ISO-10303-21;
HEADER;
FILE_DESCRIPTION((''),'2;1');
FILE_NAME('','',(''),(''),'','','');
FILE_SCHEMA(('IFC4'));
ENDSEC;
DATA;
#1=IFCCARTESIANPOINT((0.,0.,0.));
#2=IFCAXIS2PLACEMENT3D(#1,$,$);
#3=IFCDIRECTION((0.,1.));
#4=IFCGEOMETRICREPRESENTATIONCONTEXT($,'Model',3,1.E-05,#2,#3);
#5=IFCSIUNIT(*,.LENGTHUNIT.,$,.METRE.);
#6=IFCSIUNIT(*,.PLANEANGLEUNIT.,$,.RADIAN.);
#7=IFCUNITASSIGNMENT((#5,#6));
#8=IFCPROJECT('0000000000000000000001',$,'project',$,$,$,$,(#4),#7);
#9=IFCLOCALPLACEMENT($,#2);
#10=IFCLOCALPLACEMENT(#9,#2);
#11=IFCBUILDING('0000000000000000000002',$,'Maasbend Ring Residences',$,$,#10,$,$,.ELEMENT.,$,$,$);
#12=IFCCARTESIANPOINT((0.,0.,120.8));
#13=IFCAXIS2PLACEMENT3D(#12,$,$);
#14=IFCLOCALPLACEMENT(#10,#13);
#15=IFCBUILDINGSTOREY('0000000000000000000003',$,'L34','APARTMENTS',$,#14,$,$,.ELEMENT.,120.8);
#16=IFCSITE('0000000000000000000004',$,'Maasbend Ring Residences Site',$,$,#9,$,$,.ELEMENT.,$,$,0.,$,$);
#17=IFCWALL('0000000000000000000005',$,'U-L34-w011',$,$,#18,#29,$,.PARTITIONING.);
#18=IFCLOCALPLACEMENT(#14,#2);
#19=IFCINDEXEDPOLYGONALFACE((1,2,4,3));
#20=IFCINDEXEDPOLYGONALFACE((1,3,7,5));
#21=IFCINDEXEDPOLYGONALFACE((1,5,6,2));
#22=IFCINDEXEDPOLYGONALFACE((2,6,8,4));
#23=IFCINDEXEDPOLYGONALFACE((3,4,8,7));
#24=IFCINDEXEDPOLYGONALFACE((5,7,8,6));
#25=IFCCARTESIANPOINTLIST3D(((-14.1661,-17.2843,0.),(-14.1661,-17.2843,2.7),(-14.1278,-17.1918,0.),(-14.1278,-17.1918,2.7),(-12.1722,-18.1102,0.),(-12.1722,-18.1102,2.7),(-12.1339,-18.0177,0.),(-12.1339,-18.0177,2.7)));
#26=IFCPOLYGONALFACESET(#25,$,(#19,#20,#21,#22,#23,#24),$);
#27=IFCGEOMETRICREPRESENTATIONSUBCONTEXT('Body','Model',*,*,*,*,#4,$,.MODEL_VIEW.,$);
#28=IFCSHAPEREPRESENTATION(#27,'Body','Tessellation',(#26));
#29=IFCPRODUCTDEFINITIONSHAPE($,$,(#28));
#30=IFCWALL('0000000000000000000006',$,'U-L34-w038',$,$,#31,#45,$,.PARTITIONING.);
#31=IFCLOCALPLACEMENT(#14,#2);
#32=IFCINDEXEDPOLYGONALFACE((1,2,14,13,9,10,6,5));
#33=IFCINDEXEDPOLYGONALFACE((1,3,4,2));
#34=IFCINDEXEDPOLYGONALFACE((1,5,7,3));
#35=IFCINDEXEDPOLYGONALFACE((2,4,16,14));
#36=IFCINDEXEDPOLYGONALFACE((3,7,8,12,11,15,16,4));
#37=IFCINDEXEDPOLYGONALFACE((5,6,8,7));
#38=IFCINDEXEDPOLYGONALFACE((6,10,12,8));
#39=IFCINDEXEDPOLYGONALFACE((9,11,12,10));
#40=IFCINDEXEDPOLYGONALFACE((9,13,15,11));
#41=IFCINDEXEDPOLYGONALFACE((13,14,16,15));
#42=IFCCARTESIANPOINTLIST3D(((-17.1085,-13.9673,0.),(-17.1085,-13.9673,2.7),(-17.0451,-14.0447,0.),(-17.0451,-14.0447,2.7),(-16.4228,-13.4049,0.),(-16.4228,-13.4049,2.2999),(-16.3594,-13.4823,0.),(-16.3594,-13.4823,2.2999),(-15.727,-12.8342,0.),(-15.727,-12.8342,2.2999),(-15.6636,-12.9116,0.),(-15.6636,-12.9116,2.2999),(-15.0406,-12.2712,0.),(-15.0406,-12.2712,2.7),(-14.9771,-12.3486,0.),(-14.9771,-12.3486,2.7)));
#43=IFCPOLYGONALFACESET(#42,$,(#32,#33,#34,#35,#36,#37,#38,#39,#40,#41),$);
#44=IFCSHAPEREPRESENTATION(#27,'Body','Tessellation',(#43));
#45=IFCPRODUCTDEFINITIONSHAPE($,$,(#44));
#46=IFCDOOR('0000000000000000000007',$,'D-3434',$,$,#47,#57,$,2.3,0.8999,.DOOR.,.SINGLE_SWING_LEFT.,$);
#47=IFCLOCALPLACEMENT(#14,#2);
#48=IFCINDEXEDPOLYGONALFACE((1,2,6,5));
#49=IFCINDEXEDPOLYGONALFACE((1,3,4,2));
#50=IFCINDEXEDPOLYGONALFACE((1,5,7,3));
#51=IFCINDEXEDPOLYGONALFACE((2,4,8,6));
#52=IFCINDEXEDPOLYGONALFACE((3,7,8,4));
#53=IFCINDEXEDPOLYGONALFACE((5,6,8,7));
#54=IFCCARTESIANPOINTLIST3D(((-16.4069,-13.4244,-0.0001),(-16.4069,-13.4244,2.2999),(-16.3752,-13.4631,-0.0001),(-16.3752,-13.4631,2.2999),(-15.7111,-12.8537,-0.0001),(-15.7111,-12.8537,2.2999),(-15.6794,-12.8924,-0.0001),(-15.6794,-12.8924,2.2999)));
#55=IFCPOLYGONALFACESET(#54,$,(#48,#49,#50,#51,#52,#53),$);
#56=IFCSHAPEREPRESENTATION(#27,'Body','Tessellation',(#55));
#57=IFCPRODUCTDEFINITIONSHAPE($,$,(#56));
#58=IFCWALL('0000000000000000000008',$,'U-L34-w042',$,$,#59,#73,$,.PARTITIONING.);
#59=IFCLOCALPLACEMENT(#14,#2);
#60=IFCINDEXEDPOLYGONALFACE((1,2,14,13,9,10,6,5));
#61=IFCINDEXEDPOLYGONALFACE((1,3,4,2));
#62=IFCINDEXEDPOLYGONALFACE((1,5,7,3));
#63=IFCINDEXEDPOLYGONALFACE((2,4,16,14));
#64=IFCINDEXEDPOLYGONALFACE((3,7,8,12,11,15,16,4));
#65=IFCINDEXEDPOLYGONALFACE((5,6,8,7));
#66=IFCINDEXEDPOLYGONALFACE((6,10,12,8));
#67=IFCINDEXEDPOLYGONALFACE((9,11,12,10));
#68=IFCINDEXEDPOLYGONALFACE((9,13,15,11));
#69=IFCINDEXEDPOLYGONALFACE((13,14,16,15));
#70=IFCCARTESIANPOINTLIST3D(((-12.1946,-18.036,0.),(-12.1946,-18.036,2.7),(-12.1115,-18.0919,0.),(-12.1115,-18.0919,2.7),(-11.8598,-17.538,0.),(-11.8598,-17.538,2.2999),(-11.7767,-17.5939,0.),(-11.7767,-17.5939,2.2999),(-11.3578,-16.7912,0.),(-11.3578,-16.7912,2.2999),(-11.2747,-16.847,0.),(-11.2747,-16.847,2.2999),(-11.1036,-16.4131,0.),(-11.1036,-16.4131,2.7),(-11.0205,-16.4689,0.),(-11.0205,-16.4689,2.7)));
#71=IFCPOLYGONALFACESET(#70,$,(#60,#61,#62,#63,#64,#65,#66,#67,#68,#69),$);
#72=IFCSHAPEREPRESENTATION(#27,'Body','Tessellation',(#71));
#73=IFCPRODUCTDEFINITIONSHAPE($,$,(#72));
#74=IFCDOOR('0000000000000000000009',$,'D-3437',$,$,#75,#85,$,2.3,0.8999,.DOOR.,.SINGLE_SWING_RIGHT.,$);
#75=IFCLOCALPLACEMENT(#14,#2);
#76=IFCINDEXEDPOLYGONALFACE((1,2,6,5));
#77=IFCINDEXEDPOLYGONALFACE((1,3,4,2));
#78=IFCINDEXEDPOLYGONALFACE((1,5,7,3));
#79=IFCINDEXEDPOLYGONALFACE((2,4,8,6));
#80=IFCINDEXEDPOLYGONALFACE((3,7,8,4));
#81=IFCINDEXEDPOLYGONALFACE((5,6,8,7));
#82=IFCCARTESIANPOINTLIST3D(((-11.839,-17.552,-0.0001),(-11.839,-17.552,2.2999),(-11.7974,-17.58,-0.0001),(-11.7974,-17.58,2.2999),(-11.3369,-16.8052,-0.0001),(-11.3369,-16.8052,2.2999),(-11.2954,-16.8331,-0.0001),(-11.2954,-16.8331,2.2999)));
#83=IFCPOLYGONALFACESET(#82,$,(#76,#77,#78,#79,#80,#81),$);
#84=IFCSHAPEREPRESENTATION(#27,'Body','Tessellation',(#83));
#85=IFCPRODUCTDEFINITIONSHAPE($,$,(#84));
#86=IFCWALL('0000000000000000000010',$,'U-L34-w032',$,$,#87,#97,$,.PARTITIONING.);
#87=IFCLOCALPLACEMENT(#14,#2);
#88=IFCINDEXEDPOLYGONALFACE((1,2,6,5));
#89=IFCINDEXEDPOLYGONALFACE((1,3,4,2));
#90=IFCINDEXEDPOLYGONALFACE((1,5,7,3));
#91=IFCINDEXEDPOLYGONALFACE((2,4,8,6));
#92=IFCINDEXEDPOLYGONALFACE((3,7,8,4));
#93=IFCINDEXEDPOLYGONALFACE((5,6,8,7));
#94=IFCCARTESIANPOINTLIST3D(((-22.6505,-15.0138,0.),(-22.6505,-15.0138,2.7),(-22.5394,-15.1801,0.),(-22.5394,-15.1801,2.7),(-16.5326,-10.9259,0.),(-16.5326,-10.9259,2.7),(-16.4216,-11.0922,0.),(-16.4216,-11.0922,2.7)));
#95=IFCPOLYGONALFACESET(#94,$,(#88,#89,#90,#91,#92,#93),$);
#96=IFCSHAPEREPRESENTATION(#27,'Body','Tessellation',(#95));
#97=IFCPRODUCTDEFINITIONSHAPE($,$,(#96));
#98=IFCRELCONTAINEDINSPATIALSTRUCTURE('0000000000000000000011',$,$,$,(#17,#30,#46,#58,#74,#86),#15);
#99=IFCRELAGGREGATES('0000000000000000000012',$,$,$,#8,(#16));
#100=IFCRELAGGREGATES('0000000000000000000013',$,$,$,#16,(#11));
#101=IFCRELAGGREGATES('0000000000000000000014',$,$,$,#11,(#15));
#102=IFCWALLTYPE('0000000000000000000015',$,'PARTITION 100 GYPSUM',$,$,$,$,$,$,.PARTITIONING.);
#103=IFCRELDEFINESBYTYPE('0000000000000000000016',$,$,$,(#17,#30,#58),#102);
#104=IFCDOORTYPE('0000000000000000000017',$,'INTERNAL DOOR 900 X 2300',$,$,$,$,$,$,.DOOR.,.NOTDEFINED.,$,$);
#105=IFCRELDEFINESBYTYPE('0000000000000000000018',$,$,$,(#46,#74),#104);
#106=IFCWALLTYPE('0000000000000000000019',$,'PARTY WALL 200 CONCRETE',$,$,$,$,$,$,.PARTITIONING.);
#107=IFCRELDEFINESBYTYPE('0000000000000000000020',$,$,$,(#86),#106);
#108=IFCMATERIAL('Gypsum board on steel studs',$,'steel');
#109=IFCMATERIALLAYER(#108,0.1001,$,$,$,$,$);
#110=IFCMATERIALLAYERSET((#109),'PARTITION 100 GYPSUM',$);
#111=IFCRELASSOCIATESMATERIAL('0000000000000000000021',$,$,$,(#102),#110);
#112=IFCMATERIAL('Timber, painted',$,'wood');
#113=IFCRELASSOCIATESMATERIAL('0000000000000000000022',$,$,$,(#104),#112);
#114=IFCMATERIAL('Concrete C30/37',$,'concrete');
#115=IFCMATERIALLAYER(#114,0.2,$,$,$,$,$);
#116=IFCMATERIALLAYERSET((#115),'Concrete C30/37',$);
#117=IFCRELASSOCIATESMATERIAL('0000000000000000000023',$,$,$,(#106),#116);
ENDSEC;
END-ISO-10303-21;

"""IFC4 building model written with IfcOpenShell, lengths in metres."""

from ifc_helpers import new_model, si_unit, direction, frame, frame_2d, origin, place, context, subcontext, project, spatial, rectangle, extrude, material, layer, layer_set, type_object, element, fill, save


model = new_model("IFC4")

# Units and contexts
model_context = context("Model", 3, precision=1e-05, world=origin(), true_north=direction((0.0, 1.0)))
body_context = subcontext(model_context, "Body", "Model", "MODEL_VIEW")
ifc_project = project(units=[si_unit("LENGTHUNIT", "METRE"), si_unit("PLANEANGLEUNIT", "RADIAN")], contexts=[model_context])

# Site, building, storey
site_placement = place(None, origin())
site = spatial("IfcSite", under=ifc_project, at=site_placement, Name="Maasbend Ring Residences Site", CompositionType="ELEMENT", RefElevation=0.0)
building_placement = place(site_placement, origin())
building = spatial("IfcBuilding", under=site, at=building_placement, Name="Maasbend Ring Residences", CompositionType="ELEMENT")
storey_placement = place(building_placement, frame((0.0, 0.0, 120.8)))
storey = spatial("IfcBuildingStorey", under=building, at=storey_placement, Name="L34", Description="APARTMENTS", CompositionType="ELEMENT", Elevation=120.8)

# Wall
ifc_material_1 = material(Name="Gypsum board on steel studs", Category="steel")
ifc_layer_1 = layer(ifc_material_1, 0.1001)
ifc_layer_set_1 = layer_set([ifc_layer_1], Name="PARTITION 100 GYPSUM")
wall_type_1 = type_object("IfcWallType", Name="PARTITION 100 GYPSUM", PredefinedType="PARTITIONING", material=ifc_layer_set_1)
wall_1_placement = place(storey_placement, frame((-14.147, -17.238, 0.0), z_axis=(0.0, 0.0, 1.0), x_axis=(0.923875, -0.382695, 0.0)))
element("IfcWall", 1, at=wall_1_placement, inside=storey, type_object=wall_type_1, Name="U-L34-w011", PredefinedType="PARTITIONING", context=body_context, shape_type="SweptSolid", body=[
    extrude(rectangle(XDim=2.1582, YDim=0.1001, at=frame_2d((1.0791, 0.0))), origin(), (0.0, 0.0, 1.0), 2.7),
])

# Walls, openings, doors
wall_2_placement = place(storey_placement, frame((-17.0769, -14.0061, 0.0), z_axis=(0.0, 0.0, 1.0), x_axis=(0.773196, 0.634167, 0.0)))
wall_2 = element("IfcWall", 2, at=wall_2_placement, inside=storey, type_object=wall_type_1, Name="U-L34-w038", PredefinedType="PARTITIONING", context=body_context, shape_type="SweptSolid", body=[
    extrude(rectangle(XDim=2.6746, YDim=0.1001, at=frame_2d((1.3374, 0.0))), origin(), (0.0, 0.0, 1.0), 2.7),
])
opening_1_placement = place(wall_2_placement, frame((0.887, 0.0, 0.0)))
opening_1 = element("IfcOpeningElement", 3, at=opening_1_placement, cuts=wall_2, PredefinedType="OPENING", context=body_context, shape_type="SweptSolid", body=[
    extrude(rectangle(XDim=0.8999, YDim=2.3, at=frame_2d((0.45, 1.1499))), frame((0.0, 0.0601, 0.0), z_axis=(0.0, -1.0, 0.0), x_axis=(1.0, 0.0, 0.0)), (0.0, 0.0, 1.0), 0.1201),
])
ifc_material_2 = material(Name="Timber, painted", Category="wood")
door_type_1 = type_object("IfcDoorType", Name="INTERNAL DOOR 900 X 2300", OperationType="NOTDEFINED", PredefinedType="DOOR", material=ifc_material_2)
door_1_placement = place(opening_1_placement, origin())
door_1 = element("IfcDoor", 4, at=door_1_placement, inside=storey, type_object=door_type_1, Name="D-3434", OperationType="SINGLE_SWING_LEFT", OverallHeight=2.3, OverallWidth=0.8999, PredefinedType="DOOR", context=body_context, shape_type="SweptSolid", body=[
    extrude(rectangle(XDim=0.8999, YDim=2.3, at=frame_2d((0.45, 1.1499))), frame((0.0, 0.0249, 0.0), z_axis=(0.0, -1.0, 0.0), x_axis=(1.0, 0.0, 0.0)), (0.0, 0.0, 1.0), 0.05),
])
fill(opening_1, door_1)
wall_3_placement = place(storey_placement, frame((-12.1531, -18.064, 0.0), z_axis=(0.0, 0.0, 1.0), x_axis=(0.557894, 0.829912, 0.0)))
wall_3 = element("IfcWall", 5, at=wall_3_placement, inside=storey, type_object=wall_type_1, Name="U-L34-w042", PredefinedType="PARTITIONING", context=body_context, shape_type="SweptSolid", body=[
    extrude(rectangle(XDim=1.9556, YDim=0.1001, at=frame_2d((0.9778, 0.0))), origin(), (0.0, 0.0, 1.0), 2.7),
])
opening_2_placement = place(wall_3_placement, frame((0.6001, 0.0, 0.0)))
opening_2 = element("IfcOpeningElement", 6, at=opening_2_placement, cuts=wall_3, PredefinedType="OPENING", context=body_context, shape_type="SweptSolid", body=[
    extrude(rectangle(XDim=0.8999, YDim=2.3, at=frame_2d((0.45, 1.1499))), frame((0.0, 0.0601, 0.0), z_axis=(0.0, -1.0, 0.0), x_axis=(1.0, 0.0, 0.0)), (0.0, 0.0, 1.0), 0.1201),
])
door_2_placement = place(opening_2_placement, origin())
door_2 = element("IfcDoor", 7, at=door_2_placement, inside=storey, type_object=door_type_1, Name="D-3437", OperationType="SINGLE_SWING_RIGHT", OverallHeight=2.3, OverallWidth=0.8999, PredefinedType="DOOR", context=body_context, shape_type="SweptSolid", body=[
    extrude(rectangle(XDim=0.8999, YDim=2.3, at=frame_2d((0.45, 1.1499))), frame((0.0, 0.0249, 0.0), z_axis=(0.0, -1.0, 0.0), x_axis=(1.0, 0.0, 0.0)), (0.0, 0.0, 1.0), 0.05),
])
fill(opening_2, door_2)

# Wall
ifc_material_3 = material(Name="Concrete C30/37", Category="concrete")
ifc_layer_2 = layer(ifc_material_3, 0.2)
ifc_layer_set_2 = layer_set([ifc_layer_2], Name="Concrete C30/37")
wall_type_2 = type_object("IfcWallType", Name="PARTY WALL 200 CONCRETE", PredefinedType="PARTITIONING", material=ifc_layer_set_2)
wall_4_placement = place(storey_placement, frame((-22.595, -15.0969, 0.0), z_axis=(0.0, 0.0, 1.0), x_axis=(0.831468, 0.555573, 0.0)))
element("IfcWall", 8, at=wall_4_placement, inside=storey, type_object=wall_type_2, Name="U-L34-w032", PredefinedType="PARTITIONING", context=body_context, shape_type="SweptSolid", body=[
    extrude(rectangle(XDim=7.3579, YDim=0.2, at=frame_2d((3.679, 0.0))), origin(), (0.0, 0.0, 1.0), 2.7),
])

save(model, "model.ifc")
